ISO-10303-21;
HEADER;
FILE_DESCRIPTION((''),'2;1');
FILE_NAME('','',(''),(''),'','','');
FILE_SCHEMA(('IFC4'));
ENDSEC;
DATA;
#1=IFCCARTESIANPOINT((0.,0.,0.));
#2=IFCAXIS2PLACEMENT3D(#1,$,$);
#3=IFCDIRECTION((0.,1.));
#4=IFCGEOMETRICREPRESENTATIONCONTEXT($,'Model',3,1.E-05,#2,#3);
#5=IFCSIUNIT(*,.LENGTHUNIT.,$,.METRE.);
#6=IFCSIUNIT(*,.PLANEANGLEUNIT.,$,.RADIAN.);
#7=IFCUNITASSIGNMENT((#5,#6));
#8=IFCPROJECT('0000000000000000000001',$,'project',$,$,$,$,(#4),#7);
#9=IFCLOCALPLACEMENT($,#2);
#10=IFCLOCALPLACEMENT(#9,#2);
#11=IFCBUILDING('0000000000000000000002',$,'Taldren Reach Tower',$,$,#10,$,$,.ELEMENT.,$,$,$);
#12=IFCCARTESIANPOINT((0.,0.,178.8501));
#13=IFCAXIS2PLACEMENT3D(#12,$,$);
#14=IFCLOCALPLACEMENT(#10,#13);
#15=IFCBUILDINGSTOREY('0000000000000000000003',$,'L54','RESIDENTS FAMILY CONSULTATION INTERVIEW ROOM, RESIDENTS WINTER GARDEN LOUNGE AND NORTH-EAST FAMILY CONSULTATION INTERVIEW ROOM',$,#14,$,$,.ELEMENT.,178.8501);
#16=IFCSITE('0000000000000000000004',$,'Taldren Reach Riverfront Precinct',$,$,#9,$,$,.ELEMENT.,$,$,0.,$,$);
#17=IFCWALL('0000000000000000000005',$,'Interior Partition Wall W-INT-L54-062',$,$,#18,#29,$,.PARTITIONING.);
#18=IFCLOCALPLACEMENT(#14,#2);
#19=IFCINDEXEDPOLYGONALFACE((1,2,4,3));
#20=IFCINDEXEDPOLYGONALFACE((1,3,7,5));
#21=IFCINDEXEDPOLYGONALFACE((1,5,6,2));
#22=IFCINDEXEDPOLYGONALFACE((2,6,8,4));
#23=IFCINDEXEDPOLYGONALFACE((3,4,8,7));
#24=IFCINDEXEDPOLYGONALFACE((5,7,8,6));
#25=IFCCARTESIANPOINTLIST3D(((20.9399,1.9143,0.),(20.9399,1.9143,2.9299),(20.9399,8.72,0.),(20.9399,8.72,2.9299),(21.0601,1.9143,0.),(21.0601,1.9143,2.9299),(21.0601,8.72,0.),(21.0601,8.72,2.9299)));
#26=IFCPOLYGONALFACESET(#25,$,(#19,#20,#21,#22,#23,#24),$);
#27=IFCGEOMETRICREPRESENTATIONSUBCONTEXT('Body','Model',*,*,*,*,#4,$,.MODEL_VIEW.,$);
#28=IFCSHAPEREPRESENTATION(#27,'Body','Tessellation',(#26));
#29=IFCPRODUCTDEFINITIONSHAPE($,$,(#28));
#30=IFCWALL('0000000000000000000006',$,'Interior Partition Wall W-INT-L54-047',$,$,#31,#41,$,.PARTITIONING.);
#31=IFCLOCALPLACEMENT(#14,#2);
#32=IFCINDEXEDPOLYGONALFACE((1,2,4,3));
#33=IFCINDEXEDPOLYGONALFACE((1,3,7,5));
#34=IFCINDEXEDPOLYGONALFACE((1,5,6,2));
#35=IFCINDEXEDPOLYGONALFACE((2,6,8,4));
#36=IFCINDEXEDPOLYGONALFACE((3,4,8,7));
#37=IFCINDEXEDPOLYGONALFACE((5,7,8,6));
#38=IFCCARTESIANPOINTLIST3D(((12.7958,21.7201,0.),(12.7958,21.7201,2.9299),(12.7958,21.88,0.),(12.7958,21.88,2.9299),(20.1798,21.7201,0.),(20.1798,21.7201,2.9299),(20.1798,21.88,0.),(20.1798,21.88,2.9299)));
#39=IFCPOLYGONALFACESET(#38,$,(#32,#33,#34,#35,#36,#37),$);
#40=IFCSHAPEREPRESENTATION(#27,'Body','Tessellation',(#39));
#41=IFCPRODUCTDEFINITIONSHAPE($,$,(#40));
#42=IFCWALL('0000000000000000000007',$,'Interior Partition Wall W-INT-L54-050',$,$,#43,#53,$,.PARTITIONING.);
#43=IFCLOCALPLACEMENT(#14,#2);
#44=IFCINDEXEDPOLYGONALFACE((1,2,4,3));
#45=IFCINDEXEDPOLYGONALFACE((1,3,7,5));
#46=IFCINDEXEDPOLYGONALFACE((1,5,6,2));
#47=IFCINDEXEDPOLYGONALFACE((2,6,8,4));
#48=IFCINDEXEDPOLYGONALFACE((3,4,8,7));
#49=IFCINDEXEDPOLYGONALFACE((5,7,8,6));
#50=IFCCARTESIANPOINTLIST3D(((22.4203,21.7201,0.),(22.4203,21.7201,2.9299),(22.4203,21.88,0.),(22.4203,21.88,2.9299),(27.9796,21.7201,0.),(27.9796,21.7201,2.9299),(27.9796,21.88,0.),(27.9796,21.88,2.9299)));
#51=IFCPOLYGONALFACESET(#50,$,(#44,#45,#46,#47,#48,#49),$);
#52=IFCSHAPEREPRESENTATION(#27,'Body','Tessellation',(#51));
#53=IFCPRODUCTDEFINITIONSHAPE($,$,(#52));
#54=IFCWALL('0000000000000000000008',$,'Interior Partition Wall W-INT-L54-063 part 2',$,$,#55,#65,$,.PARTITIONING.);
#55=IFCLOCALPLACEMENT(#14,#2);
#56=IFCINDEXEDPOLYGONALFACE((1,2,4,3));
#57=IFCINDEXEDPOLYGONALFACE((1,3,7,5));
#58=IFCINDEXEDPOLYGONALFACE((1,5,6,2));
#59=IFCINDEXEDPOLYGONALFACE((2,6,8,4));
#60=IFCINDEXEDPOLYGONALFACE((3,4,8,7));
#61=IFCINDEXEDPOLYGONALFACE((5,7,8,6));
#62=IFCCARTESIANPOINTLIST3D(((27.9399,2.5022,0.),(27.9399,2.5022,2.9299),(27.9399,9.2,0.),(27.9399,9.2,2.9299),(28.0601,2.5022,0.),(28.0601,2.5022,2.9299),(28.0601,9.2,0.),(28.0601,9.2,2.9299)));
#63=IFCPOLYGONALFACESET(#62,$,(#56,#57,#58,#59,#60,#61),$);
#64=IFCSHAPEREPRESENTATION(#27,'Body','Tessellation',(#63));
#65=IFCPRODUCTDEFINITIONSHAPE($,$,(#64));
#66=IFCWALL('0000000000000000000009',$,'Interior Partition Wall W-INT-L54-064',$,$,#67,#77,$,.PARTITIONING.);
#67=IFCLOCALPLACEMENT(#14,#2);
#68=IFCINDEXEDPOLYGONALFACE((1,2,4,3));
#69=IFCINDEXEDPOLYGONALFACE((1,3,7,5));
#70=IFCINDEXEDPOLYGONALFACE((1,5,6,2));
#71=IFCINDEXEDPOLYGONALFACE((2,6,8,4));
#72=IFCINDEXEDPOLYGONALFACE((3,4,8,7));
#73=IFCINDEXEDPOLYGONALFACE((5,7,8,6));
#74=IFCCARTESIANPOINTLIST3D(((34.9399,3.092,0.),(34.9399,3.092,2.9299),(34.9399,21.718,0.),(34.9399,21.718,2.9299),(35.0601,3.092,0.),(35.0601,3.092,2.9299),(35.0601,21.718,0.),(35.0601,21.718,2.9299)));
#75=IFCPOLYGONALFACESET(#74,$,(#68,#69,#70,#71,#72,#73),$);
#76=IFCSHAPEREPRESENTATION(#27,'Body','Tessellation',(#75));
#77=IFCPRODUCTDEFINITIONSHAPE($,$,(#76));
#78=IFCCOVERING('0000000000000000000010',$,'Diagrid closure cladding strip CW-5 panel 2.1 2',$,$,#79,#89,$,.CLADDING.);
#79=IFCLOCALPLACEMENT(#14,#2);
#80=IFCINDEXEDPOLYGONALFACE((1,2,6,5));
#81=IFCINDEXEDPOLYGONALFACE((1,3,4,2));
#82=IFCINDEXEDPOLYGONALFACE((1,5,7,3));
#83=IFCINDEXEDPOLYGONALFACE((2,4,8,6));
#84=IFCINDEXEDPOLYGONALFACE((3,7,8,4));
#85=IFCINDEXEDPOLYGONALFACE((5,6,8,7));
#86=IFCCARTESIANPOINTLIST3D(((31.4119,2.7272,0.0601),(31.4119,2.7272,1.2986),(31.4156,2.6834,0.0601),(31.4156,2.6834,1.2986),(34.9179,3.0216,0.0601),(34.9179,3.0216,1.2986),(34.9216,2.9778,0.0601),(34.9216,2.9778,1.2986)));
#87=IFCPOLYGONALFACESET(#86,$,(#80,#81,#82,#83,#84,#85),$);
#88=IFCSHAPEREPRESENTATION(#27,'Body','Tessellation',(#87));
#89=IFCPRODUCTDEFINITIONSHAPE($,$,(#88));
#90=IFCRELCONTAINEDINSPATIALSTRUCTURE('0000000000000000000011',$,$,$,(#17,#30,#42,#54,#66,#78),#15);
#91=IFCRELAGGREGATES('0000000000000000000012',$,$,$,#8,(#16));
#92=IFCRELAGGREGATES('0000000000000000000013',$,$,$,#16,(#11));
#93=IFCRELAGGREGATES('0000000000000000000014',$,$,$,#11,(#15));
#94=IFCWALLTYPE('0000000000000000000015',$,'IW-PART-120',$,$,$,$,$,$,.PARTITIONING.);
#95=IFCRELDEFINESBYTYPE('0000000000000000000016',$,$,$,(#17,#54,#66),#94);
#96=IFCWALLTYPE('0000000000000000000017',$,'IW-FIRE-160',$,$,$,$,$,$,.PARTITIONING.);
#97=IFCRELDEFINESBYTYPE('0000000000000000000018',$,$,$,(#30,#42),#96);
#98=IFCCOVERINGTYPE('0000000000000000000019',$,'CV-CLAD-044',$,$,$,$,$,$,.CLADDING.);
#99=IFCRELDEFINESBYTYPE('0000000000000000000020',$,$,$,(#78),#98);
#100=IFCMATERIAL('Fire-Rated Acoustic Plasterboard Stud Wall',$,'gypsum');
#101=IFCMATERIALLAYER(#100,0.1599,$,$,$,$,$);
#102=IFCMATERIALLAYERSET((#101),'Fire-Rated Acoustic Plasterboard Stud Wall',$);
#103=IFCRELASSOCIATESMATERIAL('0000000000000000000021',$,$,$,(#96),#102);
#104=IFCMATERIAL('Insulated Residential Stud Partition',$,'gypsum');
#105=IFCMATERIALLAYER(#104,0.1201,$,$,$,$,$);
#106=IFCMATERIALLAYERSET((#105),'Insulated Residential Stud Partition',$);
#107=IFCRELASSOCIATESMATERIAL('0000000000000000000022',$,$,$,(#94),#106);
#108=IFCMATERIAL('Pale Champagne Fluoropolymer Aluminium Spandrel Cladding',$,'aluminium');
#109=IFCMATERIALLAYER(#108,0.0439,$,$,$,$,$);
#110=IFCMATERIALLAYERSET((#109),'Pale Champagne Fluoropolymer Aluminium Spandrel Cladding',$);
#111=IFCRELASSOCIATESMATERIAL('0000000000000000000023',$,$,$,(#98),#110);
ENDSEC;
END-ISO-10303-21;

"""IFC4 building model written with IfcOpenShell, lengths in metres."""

from ifc_helpers import new_model, si_unit, direction, frame, frame_2d, origin, origin_2d, place, context, subcontext, project, spatial, rectangle, extrude, source, transform, mapped, material, layer, layer_set, type_object, element, save


model = new_model("IFC4")

# Units and contexts
model_context = context("Model", 3, precision=1e-05, world=origin(), true_north=direction((0.0, 1.0)))
body_context = subcontext(model_context, "Body", "Model", "MODEL_VIEW")
ifc_project = project(units=[si_unit("LENGTHUNIT", "METRE"), si_unit("PLANEANGLEUNIT", "RADIAN")], contexts=[model_context])

# Site, building, storey
site_placement = place(None, origin())
site = spatial("IfcSite", under=ifc_project, at=site_placement, Name="Taldren Reach Riverfront Precinct", CompositionType="ELEMENT", RefElevation=0.0)
building_placement = place(site_placement, origin())
building = spatial("IfcBuilding", under=site, at=building_placement, Name="Taldren Reach Tower", CompositionType="ELEMENT")
storey_placement = place(building_placement, frame((0.0, 0.0, 178.8501)))
storey = spatial("IfcBuildingStorey", under=building, at=storey_placement, Name="L54", Description="RESIDENTS FAMILY CONSULTATION INTERVIEW ROOM, RESIDENTS WINTER GARDEN LOUNGE AND NORTH-EAST FAMILY CONSULTATION INTERVIEW ROOM", CompositionType="ELEMENT", Elevation=178.8501)

# Shared definitions
ifc_material_1 = material(Name="Fire-Rated Acoustic Plasterboard Stud Wall", Category="gypsum")
ifc_layer_1 = layer(ifc_material_1, 0.1599)
ifc_layer_set_1 = layer_set([ifc_layer_1], Name="Fire-Rated Acoustic Plasterboard Stud Wall")
wall_type_1 = type_object("IfcWallType", Name="IW-FIRE-160", PredefinedType="PARTITIONING", material=ifc_layer_set_1)

# Shared definitions
ifc_material_2 = material(Name="Insulated Residential Stud Partition", Category="gypsum")
ifc_layer_2 = layer(ifc_material_2, 0.1201)
ifc_layer_set_2 = layer_set([ifc_layer_2], Name="Insulated Residential Stud Partition")
wall_type_2 = type_object("IfcWallType", Name="IW-PART-120", PredefinedType="PARTITIONING", material=ifc_layer_set_2)

# Walls
shared_shape_1 = source(origin(), body_context, "Body", "SweptSolid", [
    extrude(rectangle(XDim=6.8057, YDim=0.1201, at=frame_2d((3.4028, 0.0))), origin(), (0.0, 0.0, 1.0), 2.9299),
])
wall_1_placement = place(storey_placement, frame((21.0, 8.72, 0.0), z_axis=(0.0, 0.0, 1.0), x_axis=(0.0, -1.0, 0.0)))
element("IfcWall", 1, at=wall_1_placement, inside=storey, type_object=wall_type_2, Name="Interior Partition Wall W-INT-L54-062", PredefinedType="PARTITIONING", context=body_context, shape_type="MappedRepresentation", body=[
    mapped(shared_shape_1, transform((0.0, 0.0, 0.0), scale=1.0)),
])
shared_shape_2 = source(origin(), body_context, "Body", "SweptSolid", [
    extrude(rectangle(XDim=7.384, YDim=0.1599, at=frame_2d((3.6919, 0.0))), origin(), (0.0, 0.0, 1.0), 2.9299),
])
wall_2_placement = place(storey_placement, frame((20.1797, 21.8, 0.0), z_axis=(0.0, 0.0, 1.0), x_axis=(-1.0, 0.0, 0.0)))
element("IfcWall", 2, at=wall_2_placement, inside=storey, type_object=wall_type_1, Name="Interior Partition Wall W-INT-L54-047", PredefinedType="PARTITIONING", context=body_context, shape_type="MappedRepresentation", body=[
    mapped(shared_shape_2, transform((0.0, 0.0, 0.0), scale=1.0)),
])
shared_shape_3 = source(origin(), body_context, "Body", "SweptSolid", [
    extrude(rectangle(XDim=5.5593, YDim=0.1599, at=frame_2d((2.7798, 0.0))), origin(), (0.0, 0.0, 1.0), 2.9299),
])
wall_3_placement = place(storey_placement, frame((27.9797, 21.8, 0.0), z_axis=(0.0, 0.0, 1.0), x_axis=(-1.0, 0.0, 0.0)))
element("IfcWall", 3, at=wall_3_placement, inside=storey, type_object=wall_type_1, Name="Interior Partition Wall W-INT-L54-050", PredefinedType="PARTITIONING", context=body_context, shape_type="MappedRepresentation", body=[
    mapped(shared_shape_3, transform((0.0, 0.0, 0.0), scale=1.0)),
])
shared_shape_4 = source(origin(), body_context, "Body", "SweptSolid", [
    extrude(rectangle(XDim=6.6978, YDim=0.1201, at=frame_2d((3.3489, 0.0))), origin(), (0.0, 0.0, 1.0), 2.9299),
])
wall_4_placement = place(storey_placement, frame((28.0, 9.2, 0.0), z_axis=(0.0, 0.0, 1.0), x_axis=(0.0, -1.0, 0.0)))
element("IfcWall", 4, at=wall_4_placement, inside=storey, type_object=wall_type_2, Name="Interior Partition Wall W-INT-L54-063 part 2", PredefinedType="PARTITIONING", context=body_context, shape_type="MappedRepresentation", body=[
    mapped(shared_shape_4, transform((0.0, 0.0, 0.0), scale=1.0)),
])
shared_shape_5 = source(origin(), body_context, "Body", "SweptSolid", [
    extrude(rectangle(XDim=18.626, YDim=0.1201, at=frame_2d((9.313, 0.0))), origin(), (0.0, 0.0, 1.0), 2.9299),
])
wall_5_placement = place(storey_placement, frame((35.0, 21.718, 0.0), z_axis=(0.0, 0.0, 1.0), x_axis=(0.0, -1.0, 0.0)))
element("IfcWall", 5, at=wall_5_placement, inside=storey, type_object=wall_type_2, Name="Interior Partition Wall W-INT-L54-064", PredefinedType="PARTITIONING", context=body_context, shape_type="MappedRepresentation", body=[
    mapped(shared_shape_5, transform((0.0, 0.0, 0.0), scale=1.0)),
])

# Covering
ifc_material_3 = material(Name="Pale Champagne Fluoropolymer Aluminium Spandrel Cladding", Category="aluminium")
ifc_layer_3 = layer(ifc_material_3, 0.0439)
ifc_layer_set_3 = layer_set([ifc_layer_3], Name="Pale Champagne Fluoropolymer Aluminium Spandrel Cladding")
covering_type = type_object("IfcCoveringType", Name="CV-CLAD-044", PredefinedType="CLADDING", material=ifc_layer_set_3)
shared_shape_6 = source(origin(), body_context, "Body", "SweptSolid", [
    extrude(rectangle(XDim=3.5183, YDim=0.0439, at=origin_2d()), origin(), (0.0, 0.0, 1.0), 1.2385),
])
covering_placement = place(storey_placement, frame((33.1667, 2.8525, 0.0601), z_axis=(0.0, 0.0, 1.0), x_axis=(0.996493, 0.083678, 0.0)))
element("IfcCovering", 6, at=covering_placement, inside=storey, type_object=covering_type, Name="Diagrid closure cladding strip CW-5 panel 2.1 2", PredefinedType="CLADDING", context=body_context, shape_type="MappedRepresentation", body=[
    mapped(shared_shape_6, transform((0.0, 0.0, 0.0), scale=1.0)),
])

save(model, "model.ifc")
